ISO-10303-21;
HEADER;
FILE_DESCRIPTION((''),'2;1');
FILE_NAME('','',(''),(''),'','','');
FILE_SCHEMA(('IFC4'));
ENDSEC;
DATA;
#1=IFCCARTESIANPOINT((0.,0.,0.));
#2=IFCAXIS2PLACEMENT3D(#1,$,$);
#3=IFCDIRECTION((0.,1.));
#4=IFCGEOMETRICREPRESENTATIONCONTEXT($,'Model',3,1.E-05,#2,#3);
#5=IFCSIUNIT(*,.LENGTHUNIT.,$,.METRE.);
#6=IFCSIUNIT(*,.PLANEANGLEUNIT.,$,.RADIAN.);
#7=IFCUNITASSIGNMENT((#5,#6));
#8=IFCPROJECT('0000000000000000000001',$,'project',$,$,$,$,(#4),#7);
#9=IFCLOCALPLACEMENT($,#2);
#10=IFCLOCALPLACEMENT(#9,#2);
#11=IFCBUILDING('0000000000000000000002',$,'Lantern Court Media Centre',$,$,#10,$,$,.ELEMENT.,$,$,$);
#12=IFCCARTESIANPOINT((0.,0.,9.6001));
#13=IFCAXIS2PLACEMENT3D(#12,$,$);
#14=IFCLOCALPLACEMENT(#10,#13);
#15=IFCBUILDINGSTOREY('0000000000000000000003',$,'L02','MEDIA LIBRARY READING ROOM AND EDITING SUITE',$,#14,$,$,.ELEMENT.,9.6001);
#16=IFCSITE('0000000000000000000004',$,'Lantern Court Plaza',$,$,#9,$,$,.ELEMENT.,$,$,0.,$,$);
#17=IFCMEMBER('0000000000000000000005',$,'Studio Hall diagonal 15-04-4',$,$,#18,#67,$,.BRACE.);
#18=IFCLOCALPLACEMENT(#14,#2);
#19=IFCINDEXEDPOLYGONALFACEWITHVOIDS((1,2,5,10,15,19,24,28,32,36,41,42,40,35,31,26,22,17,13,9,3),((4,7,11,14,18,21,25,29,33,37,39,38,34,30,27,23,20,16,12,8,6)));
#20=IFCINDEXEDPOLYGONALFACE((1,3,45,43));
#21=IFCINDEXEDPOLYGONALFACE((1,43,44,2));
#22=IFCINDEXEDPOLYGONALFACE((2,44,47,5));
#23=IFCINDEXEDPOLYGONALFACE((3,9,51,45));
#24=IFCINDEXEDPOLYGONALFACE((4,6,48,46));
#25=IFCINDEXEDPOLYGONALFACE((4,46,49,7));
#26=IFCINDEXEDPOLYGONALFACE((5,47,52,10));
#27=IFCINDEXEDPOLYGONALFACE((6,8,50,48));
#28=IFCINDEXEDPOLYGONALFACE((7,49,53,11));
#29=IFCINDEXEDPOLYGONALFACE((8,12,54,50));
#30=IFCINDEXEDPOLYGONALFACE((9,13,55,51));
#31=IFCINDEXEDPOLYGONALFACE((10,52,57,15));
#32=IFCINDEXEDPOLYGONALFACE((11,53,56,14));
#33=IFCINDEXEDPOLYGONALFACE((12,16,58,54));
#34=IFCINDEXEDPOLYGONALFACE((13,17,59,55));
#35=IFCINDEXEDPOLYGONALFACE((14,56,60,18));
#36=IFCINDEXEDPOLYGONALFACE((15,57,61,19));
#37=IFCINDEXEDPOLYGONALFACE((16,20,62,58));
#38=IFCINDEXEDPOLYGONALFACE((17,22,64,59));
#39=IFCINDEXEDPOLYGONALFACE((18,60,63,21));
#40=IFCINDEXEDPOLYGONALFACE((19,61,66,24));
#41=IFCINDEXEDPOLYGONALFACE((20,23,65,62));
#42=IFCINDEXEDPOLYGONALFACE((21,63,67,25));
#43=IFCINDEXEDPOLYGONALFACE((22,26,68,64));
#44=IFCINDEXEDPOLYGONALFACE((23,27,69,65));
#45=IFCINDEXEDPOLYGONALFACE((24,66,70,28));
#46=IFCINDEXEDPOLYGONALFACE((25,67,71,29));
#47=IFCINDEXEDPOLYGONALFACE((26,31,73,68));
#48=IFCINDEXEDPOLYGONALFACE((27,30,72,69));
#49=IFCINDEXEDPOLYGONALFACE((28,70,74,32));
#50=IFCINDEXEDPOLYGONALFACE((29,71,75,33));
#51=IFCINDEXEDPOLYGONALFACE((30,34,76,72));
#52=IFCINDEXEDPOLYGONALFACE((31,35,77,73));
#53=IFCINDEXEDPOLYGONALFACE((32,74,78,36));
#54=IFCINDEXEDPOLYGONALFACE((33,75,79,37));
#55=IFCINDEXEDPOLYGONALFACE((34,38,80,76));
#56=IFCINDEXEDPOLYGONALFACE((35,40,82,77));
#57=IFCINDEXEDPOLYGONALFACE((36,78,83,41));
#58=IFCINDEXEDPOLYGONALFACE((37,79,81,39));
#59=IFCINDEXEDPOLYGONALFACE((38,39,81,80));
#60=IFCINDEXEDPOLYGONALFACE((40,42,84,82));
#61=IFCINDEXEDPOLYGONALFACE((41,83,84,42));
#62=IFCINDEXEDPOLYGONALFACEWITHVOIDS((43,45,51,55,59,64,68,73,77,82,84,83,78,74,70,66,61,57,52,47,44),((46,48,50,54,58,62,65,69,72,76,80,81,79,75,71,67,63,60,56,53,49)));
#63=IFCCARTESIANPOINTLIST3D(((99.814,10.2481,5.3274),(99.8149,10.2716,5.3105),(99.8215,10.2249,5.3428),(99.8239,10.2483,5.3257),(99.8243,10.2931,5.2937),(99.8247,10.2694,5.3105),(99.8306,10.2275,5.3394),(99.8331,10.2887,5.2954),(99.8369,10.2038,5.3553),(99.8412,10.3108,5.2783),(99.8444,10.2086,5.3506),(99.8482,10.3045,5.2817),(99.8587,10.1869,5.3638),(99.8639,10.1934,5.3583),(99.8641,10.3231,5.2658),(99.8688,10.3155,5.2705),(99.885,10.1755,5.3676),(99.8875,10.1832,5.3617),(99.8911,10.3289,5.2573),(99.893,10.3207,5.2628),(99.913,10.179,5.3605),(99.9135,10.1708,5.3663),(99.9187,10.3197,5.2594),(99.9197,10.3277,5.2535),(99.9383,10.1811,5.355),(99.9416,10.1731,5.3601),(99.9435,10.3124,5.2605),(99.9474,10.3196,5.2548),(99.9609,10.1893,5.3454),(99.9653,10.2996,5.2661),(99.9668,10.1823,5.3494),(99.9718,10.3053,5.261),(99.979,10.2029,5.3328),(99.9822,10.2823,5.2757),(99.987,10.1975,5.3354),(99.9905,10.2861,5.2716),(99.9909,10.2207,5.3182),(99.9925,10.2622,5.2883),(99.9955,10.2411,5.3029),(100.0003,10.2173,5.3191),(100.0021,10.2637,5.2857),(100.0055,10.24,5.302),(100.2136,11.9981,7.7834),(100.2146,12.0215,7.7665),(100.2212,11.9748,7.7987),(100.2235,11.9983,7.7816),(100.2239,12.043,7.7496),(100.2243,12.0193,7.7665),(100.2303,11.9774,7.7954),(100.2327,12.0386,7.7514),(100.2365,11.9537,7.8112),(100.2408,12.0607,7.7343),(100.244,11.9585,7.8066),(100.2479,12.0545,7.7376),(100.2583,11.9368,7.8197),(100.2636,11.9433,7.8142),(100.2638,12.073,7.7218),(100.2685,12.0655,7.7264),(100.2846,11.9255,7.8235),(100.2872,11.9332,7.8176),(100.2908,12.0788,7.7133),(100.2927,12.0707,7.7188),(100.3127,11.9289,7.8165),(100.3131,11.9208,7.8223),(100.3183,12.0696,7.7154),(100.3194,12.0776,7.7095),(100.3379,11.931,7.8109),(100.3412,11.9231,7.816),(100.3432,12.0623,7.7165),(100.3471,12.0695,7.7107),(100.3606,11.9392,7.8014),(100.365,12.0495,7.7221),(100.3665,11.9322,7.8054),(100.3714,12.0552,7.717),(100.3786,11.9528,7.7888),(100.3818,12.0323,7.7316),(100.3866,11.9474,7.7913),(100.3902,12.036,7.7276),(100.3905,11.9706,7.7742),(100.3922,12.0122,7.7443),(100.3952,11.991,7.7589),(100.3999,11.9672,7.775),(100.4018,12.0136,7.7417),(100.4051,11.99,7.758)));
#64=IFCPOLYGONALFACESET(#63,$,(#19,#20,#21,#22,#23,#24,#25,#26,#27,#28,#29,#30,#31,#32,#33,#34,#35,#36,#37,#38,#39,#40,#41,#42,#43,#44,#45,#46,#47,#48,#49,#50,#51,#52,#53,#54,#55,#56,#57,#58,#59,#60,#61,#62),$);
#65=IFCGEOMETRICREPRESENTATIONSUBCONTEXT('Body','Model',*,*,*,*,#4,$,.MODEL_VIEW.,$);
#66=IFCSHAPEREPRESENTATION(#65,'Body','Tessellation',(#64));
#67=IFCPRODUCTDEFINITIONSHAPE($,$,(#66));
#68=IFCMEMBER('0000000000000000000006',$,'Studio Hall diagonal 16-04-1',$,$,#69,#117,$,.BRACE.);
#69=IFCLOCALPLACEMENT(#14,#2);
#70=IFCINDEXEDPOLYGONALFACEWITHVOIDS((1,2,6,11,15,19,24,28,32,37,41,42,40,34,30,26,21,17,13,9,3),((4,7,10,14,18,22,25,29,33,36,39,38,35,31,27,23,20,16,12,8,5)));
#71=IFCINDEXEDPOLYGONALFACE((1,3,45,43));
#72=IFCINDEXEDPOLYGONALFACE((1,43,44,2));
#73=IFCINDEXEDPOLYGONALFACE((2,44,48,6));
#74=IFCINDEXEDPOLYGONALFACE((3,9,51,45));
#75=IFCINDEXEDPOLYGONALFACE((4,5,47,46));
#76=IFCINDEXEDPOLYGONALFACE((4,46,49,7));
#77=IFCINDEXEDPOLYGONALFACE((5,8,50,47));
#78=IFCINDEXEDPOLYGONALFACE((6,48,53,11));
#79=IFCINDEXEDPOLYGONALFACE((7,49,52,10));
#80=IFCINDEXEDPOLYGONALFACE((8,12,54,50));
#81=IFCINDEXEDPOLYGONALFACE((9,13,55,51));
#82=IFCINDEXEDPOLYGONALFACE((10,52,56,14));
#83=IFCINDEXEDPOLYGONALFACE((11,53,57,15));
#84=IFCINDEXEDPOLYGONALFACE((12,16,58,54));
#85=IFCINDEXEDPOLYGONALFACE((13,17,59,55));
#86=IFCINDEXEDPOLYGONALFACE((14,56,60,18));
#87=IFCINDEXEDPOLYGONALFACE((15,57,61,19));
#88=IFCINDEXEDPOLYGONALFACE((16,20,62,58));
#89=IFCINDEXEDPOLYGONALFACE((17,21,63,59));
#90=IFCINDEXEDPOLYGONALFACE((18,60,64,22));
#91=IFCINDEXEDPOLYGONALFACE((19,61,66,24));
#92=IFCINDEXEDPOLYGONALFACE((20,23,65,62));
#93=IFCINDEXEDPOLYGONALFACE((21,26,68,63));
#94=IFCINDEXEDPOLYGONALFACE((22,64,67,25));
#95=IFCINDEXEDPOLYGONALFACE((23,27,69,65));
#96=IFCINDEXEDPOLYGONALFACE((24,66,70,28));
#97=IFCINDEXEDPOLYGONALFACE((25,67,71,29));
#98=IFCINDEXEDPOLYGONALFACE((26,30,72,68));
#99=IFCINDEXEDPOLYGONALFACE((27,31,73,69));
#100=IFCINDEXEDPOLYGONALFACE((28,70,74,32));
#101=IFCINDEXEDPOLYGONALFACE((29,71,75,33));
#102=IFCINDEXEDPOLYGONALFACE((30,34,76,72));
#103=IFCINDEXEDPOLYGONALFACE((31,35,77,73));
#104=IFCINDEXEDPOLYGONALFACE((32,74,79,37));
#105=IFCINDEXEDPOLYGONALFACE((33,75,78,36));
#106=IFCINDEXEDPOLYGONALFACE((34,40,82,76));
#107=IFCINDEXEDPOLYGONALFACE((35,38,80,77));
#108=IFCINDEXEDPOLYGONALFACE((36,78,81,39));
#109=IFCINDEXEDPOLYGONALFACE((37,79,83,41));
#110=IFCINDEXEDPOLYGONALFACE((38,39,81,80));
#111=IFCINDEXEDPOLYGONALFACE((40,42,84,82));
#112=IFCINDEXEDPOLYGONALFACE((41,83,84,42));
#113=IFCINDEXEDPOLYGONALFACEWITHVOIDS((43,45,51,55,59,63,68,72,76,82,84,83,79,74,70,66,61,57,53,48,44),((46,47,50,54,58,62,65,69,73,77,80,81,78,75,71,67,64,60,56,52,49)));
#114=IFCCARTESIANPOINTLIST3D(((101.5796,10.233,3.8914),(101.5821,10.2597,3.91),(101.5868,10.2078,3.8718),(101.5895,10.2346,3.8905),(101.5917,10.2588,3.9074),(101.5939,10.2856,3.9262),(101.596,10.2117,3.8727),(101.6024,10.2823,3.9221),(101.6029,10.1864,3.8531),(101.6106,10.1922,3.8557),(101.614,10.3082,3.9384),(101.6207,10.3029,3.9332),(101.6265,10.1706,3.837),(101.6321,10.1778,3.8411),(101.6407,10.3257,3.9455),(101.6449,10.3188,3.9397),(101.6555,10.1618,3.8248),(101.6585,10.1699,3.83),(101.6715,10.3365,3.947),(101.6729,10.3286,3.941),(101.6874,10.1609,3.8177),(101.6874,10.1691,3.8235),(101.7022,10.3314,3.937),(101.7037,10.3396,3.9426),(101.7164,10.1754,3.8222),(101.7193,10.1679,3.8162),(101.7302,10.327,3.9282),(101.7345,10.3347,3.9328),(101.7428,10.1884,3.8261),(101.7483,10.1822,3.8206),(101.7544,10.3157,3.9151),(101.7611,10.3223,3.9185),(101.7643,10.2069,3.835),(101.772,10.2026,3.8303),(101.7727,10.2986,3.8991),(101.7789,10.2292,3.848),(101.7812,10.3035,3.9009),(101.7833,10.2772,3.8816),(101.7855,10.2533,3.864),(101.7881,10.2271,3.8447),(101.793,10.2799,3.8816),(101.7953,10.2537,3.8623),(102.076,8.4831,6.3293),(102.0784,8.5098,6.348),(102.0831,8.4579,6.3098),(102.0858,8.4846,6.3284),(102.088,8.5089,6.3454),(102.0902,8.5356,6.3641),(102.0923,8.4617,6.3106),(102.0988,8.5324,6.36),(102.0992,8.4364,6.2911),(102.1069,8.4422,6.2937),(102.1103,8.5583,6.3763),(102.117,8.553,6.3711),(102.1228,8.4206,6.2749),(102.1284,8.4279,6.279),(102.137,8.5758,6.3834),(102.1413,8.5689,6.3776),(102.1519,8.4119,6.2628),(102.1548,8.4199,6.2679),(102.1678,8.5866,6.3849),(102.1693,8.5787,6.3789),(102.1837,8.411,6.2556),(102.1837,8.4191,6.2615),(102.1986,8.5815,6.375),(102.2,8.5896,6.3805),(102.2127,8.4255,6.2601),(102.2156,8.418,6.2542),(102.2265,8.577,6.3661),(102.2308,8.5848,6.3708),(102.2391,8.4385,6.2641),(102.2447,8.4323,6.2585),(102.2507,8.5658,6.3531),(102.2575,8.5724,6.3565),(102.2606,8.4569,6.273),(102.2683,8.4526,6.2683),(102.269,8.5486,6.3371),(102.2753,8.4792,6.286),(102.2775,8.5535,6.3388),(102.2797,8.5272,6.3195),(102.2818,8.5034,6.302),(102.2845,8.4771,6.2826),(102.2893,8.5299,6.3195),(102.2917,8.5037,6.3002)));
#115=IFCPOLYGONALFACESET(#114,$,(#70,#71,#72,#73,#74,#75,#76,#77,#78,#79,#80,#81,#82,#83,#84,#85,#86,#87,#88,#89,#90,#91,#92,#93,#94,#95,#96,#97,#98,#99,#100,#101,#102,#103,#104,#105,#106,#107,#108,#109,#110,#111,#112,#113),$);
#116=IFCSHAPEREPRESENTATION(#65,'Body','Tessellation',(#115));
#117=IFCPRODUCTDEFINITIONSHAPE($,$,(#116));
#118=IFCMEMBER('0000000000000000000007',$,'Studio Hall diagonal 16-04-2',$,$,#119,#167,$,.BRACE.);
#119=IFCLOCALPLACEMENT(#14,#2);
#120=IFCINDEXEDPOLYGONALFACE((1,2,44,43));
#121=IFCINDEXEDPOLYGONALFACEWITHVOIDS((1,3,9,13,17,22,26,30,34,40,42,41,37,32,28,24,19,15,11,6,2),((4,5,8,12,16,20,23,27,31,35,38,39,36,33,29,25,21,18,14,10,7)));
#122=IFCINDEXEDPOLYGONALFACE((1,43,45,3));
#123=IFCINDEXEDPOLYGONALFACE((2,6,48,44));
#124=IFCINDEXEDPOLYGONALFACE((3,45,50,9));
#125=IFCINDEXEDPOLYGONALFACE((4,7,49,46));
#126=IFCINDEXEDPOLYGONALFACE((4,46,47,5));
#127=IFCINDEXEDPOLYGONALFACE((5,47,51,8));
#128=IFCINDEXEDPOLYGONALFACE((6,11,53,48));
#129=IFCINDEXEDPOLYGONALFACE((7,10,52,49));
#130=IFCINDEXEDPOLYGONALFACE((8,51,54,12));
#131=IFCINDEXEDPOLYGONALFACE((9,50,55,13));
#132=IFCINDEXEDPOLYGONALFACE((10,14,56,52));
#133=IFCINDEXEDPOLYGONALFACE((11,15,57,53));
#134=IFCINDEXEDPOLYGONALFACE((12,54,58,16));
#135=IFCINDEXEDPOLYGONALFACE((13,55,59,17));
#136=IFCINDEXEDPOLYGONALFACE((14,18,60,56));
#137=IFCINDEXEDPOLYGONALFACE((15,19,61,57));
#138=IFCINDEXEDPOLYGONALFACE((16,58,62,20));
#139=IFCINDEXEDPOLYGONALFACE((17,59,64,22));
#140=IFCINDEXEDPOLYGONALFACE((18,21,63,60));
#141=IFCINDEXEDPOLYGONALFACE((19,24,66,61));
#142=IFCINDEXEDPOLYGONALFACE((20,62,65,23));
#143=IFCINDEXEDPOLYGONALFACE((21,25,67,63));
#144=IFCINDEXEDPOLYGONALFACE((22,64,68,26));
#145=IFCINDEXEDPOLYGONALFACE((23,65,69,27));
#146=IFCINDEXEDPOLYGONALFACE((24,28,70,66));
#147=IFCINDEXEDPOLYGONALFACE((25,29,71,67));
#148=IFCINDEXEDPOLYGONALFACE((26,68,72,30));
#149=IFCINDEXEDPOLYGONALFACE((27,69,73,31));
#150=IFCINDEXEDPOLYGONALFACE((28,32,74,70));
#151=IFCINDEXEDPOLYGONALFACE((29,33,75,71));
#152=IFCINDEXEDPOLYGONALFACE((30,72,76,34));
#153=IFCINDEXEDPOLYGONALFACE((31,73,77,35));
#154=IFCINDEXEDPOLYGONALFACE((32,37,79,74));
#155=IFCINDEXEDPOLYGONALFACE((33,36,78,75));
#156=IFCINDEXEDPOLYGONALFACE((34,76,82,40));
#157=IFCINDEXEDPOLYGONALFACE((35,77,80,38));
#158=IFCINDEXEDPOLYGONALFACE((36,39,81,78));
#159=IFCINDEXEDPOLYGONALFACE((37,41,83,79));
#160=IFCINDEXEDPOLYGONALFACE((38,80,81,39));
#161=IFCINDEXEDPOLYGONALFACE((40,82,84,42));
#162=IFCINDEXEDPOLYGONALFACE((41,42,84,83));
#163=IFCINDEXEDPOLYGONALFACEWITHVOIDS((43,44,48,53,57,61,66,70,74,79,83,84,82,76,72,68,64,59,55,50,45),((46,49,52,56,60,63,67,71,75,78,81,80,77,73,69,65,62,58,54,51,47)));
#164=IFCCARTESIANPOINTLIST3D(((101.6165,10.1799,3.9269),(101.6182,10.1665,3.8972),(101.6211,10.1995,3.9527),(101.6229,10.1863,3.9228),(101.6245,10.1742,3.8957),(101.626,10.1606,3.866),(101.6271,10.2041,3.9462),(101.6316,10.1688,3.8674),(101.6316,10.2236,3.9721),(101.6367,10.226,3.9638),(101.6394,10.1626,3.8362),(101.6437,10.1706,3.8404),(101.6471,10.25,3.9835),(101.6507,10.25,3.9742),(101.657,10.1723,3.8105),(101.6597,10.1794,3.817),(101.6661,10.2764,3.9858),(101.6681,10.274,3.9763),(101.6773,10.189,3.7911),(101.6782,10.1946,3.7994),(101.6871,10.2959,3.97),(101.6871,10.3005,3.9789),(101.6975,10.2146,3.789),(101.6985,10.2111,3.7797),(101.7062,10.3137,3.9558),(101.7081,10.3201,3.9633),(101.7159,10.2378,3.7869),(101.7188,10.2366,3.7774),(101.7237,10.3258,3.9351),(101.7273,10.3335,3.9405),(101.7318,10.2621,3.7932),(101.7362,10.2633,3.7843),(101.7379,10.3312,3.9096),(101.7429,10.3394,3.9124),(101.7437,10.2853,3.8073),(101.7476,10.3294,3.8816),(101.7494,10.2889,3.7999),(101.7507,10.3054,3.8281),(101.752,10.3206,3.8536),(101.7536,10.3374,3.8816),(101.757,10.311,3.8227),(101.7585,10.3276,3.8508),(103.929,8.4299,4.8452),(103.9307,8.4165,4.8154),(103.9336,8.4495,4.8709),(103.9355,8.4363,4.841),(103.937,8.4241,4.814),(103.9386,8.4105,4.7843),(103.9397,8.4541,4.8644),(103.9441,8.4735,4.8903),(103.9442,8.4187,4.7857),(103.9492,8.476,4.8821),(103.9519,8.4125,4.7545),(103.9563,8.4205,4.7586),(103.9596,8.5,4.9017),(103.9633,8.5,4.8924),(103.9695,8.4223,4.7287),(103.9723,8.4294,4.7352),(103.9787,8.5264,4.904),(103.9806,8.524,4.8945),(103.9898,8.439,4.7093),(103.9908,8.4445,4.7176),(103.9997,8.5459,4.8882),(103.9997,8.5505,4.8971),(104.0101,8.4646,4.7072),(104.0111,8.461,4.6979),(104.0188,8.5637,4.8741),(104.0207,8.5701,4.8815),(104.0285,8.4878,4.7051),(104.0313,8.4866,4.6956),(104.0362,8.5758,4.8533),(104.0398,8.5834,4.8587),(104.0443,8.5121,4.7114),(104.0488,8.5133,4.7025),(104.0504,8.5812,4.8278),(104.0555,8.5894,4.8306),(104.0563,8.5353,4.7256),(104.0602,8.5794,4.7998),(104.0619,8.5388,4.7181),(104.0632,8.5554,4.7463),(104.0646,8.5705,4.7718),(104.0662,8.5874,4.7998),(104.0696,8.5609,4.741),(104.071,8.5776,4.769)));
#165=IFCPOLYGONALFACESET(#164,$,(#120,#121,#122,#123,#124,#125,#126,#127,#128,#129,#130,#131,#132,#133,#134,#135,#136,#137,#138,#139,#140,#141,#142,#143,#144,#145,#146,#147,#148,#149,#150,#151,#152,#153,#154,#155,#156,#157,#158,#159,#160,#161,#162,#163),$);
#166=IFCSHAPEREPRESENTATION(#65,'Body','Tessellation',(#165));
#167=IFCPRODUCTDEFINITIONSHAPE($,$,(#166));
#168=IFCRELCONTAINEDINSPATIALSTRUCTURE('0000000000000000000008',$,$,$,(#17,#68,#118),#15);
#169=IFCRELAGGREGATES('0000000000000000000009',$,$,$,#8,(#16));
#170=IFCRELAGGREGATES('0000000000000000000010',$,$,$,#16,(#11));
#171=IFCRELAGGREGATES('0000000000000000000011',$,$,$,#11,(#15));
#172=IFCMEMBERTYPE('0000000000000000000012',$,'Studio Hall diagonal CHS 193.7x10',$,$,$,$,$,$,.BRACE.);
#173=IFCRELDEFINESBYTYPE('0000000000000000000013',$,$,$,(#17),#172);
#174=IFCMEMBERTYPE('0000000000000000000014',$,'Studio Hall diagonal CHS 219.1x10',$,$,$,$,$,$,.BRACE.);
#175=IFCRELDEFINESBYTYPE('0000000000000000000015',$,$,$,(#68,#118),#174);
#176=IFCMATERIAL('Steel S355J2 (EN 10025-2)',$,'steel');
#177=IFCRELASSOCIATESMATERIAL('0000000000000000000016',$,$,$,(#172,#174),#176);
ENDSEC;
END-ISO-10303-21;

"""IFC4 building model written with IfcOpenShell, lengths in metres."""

from ifc_helpers import new_model, si_unit, direction, frame, origin, origin_2d, place, context, subcontext, project, spatial, hollow_circle, extrude, material, material_profile, profile_set, type_object, element, save


model = new_model("IFC4")

# Units and contexts
model_context = context("Model", 3, precision=1e-05, world=origin(), true_north=direction((0.0, 1.0)))
body_context = subcontext(model_context, "Body", "Model", "MODEL_VIEW")
ifc_project = project(units=[si_unit("LENGTHUNIT", "METRE"), si_unit("PLANEANGLEUNIT", "RADIAN")], contexts=[model_context])

# Site, building, storey
site_placement = place(None, origin())
site = spatial("IfcSite", under=ifc_project, at=site_placement, Name="Lantern Court Plaza", CompositionType="ELEMENT", RefElevation=0.0)
building_placement = place(site_placement, origin())
building = spatial("IfcBuilding", under=site, at=building_placement, Name="Lantern Court Media Centre", CompositionType="ELEMENT")
storey_placement = place(building_placement, frame((0.0, 0.0, 9.6001)))
storey = spatial("IfcBuildingStorey", under=building, at=storey_placement, Name="L02", Description="MEDIA LIBRARY READING ROOM AND EDITING SUITE", CompositionType="ELEMENT", Elevation=9.6001)

# Members
ifc_material_1 = material(Name="Steel S355J2 (EN 10025-2)", Category="steel")
ifc_material_profile_1 = material_profile(ifc_material_1, hollow_circle(Radius=0.0969, WallThickness=0.01, at=origin_2d()), Name="Studio Hall diagonal CHS 193.7x10")
ifc_profile_set_1 = profile_set([ifc_material_profile_1], Name="Steel S355J2 (EN 10025-2)")
member_type_1 = type_object("IfcMemberType", Name="Studio Hall diagonal CHS 193.7x10", PredefinedType="BRACE", material=ifc_profile_set_1)
for number, where, z_axis, x_axis, name in (
    (1, (99.9094, 10.25, 5.3105), (0.131375, 0.575259, 0.807352), (-0.9749, 0.222644, 0.0), "Studio Hall diagonal 15-04-4"),
):
    element("IfcMember", number, at=place(storey_placement, frame(where, z_axis=z_axis, x_axis=x_axis)), inside=storey, type_object=member_type_1, Name=name, PredefinedType="BRACE", context=body_context, shape_type="SweptSolid", body=[
        extrude(hollow_circle(Radius=0.0969, WallThickness=0.01, at=origin_2d()), origin(), (0.0, 0.0, 1.0), 3.042),
    ])
ifc_material_profile_2 = material_profile(ifc_material_1, hollow_circle(Radius=0.1096, WallThickness=0.01, at=origin_2d()), Name="Studio Hall diagonal CHS 219.1x10")
ifc_profile_set_2 = profile_set([ifc_material_profile_2], Name="Steel S355J2 (EN 10025-2)")
member_type_2 = type_object("IfcMemberType", Name="Studio Hall diagonal CHS 219.1x10", PredefinedType="BRACE", material=ifc_profile_set_2)
member_1_placement = place(storey_placement, frame((101.6875, 10.25, 3.8816), z_axis=(0.163172, -0.575314, 0.801491), x_axis=(0.962054, 0.272859, 0.0)))
element("IfcMember", 2, at=member_1_placement, inside=storey, type_object=member_type_2, Name="Studio Hall diagonal 16-04-1", PredefinedType="BRACE", context=body_context, shape_type="SweptSolid", body=[
    extrude(hollow_circle(Radius=0.1096, WallThickness=0.01, at=origin_2d()), origin(), (0.0, 0.0, 1.0), 3.0417),
])
for number, where, z_axis, x_axis, name in (
    (3, (101.6875, 10.25, 3.8816), (0.760211, -0.575295, 0.301853), (0.603443, 0.797406, 0.0), "Studio Hall diagonal 16-04-2"),
):
    element("IfcMember", number, at=place(storey_placement, frame(where, z_axis=z_axis, x_axis=x_axis)), inside=storey, type_object=member_type_2, Name=name, PredefinedType="BRACE", context=body_context, shape_type="SweptSolid", body=[
        extrude(hollow_circle(Radius=0.1096, WallThickness=0.01, at=origin_2d()), origin(), (0.0, 0.0, 1.0), 3.042),
    ])

save(model, "model.ifc")
